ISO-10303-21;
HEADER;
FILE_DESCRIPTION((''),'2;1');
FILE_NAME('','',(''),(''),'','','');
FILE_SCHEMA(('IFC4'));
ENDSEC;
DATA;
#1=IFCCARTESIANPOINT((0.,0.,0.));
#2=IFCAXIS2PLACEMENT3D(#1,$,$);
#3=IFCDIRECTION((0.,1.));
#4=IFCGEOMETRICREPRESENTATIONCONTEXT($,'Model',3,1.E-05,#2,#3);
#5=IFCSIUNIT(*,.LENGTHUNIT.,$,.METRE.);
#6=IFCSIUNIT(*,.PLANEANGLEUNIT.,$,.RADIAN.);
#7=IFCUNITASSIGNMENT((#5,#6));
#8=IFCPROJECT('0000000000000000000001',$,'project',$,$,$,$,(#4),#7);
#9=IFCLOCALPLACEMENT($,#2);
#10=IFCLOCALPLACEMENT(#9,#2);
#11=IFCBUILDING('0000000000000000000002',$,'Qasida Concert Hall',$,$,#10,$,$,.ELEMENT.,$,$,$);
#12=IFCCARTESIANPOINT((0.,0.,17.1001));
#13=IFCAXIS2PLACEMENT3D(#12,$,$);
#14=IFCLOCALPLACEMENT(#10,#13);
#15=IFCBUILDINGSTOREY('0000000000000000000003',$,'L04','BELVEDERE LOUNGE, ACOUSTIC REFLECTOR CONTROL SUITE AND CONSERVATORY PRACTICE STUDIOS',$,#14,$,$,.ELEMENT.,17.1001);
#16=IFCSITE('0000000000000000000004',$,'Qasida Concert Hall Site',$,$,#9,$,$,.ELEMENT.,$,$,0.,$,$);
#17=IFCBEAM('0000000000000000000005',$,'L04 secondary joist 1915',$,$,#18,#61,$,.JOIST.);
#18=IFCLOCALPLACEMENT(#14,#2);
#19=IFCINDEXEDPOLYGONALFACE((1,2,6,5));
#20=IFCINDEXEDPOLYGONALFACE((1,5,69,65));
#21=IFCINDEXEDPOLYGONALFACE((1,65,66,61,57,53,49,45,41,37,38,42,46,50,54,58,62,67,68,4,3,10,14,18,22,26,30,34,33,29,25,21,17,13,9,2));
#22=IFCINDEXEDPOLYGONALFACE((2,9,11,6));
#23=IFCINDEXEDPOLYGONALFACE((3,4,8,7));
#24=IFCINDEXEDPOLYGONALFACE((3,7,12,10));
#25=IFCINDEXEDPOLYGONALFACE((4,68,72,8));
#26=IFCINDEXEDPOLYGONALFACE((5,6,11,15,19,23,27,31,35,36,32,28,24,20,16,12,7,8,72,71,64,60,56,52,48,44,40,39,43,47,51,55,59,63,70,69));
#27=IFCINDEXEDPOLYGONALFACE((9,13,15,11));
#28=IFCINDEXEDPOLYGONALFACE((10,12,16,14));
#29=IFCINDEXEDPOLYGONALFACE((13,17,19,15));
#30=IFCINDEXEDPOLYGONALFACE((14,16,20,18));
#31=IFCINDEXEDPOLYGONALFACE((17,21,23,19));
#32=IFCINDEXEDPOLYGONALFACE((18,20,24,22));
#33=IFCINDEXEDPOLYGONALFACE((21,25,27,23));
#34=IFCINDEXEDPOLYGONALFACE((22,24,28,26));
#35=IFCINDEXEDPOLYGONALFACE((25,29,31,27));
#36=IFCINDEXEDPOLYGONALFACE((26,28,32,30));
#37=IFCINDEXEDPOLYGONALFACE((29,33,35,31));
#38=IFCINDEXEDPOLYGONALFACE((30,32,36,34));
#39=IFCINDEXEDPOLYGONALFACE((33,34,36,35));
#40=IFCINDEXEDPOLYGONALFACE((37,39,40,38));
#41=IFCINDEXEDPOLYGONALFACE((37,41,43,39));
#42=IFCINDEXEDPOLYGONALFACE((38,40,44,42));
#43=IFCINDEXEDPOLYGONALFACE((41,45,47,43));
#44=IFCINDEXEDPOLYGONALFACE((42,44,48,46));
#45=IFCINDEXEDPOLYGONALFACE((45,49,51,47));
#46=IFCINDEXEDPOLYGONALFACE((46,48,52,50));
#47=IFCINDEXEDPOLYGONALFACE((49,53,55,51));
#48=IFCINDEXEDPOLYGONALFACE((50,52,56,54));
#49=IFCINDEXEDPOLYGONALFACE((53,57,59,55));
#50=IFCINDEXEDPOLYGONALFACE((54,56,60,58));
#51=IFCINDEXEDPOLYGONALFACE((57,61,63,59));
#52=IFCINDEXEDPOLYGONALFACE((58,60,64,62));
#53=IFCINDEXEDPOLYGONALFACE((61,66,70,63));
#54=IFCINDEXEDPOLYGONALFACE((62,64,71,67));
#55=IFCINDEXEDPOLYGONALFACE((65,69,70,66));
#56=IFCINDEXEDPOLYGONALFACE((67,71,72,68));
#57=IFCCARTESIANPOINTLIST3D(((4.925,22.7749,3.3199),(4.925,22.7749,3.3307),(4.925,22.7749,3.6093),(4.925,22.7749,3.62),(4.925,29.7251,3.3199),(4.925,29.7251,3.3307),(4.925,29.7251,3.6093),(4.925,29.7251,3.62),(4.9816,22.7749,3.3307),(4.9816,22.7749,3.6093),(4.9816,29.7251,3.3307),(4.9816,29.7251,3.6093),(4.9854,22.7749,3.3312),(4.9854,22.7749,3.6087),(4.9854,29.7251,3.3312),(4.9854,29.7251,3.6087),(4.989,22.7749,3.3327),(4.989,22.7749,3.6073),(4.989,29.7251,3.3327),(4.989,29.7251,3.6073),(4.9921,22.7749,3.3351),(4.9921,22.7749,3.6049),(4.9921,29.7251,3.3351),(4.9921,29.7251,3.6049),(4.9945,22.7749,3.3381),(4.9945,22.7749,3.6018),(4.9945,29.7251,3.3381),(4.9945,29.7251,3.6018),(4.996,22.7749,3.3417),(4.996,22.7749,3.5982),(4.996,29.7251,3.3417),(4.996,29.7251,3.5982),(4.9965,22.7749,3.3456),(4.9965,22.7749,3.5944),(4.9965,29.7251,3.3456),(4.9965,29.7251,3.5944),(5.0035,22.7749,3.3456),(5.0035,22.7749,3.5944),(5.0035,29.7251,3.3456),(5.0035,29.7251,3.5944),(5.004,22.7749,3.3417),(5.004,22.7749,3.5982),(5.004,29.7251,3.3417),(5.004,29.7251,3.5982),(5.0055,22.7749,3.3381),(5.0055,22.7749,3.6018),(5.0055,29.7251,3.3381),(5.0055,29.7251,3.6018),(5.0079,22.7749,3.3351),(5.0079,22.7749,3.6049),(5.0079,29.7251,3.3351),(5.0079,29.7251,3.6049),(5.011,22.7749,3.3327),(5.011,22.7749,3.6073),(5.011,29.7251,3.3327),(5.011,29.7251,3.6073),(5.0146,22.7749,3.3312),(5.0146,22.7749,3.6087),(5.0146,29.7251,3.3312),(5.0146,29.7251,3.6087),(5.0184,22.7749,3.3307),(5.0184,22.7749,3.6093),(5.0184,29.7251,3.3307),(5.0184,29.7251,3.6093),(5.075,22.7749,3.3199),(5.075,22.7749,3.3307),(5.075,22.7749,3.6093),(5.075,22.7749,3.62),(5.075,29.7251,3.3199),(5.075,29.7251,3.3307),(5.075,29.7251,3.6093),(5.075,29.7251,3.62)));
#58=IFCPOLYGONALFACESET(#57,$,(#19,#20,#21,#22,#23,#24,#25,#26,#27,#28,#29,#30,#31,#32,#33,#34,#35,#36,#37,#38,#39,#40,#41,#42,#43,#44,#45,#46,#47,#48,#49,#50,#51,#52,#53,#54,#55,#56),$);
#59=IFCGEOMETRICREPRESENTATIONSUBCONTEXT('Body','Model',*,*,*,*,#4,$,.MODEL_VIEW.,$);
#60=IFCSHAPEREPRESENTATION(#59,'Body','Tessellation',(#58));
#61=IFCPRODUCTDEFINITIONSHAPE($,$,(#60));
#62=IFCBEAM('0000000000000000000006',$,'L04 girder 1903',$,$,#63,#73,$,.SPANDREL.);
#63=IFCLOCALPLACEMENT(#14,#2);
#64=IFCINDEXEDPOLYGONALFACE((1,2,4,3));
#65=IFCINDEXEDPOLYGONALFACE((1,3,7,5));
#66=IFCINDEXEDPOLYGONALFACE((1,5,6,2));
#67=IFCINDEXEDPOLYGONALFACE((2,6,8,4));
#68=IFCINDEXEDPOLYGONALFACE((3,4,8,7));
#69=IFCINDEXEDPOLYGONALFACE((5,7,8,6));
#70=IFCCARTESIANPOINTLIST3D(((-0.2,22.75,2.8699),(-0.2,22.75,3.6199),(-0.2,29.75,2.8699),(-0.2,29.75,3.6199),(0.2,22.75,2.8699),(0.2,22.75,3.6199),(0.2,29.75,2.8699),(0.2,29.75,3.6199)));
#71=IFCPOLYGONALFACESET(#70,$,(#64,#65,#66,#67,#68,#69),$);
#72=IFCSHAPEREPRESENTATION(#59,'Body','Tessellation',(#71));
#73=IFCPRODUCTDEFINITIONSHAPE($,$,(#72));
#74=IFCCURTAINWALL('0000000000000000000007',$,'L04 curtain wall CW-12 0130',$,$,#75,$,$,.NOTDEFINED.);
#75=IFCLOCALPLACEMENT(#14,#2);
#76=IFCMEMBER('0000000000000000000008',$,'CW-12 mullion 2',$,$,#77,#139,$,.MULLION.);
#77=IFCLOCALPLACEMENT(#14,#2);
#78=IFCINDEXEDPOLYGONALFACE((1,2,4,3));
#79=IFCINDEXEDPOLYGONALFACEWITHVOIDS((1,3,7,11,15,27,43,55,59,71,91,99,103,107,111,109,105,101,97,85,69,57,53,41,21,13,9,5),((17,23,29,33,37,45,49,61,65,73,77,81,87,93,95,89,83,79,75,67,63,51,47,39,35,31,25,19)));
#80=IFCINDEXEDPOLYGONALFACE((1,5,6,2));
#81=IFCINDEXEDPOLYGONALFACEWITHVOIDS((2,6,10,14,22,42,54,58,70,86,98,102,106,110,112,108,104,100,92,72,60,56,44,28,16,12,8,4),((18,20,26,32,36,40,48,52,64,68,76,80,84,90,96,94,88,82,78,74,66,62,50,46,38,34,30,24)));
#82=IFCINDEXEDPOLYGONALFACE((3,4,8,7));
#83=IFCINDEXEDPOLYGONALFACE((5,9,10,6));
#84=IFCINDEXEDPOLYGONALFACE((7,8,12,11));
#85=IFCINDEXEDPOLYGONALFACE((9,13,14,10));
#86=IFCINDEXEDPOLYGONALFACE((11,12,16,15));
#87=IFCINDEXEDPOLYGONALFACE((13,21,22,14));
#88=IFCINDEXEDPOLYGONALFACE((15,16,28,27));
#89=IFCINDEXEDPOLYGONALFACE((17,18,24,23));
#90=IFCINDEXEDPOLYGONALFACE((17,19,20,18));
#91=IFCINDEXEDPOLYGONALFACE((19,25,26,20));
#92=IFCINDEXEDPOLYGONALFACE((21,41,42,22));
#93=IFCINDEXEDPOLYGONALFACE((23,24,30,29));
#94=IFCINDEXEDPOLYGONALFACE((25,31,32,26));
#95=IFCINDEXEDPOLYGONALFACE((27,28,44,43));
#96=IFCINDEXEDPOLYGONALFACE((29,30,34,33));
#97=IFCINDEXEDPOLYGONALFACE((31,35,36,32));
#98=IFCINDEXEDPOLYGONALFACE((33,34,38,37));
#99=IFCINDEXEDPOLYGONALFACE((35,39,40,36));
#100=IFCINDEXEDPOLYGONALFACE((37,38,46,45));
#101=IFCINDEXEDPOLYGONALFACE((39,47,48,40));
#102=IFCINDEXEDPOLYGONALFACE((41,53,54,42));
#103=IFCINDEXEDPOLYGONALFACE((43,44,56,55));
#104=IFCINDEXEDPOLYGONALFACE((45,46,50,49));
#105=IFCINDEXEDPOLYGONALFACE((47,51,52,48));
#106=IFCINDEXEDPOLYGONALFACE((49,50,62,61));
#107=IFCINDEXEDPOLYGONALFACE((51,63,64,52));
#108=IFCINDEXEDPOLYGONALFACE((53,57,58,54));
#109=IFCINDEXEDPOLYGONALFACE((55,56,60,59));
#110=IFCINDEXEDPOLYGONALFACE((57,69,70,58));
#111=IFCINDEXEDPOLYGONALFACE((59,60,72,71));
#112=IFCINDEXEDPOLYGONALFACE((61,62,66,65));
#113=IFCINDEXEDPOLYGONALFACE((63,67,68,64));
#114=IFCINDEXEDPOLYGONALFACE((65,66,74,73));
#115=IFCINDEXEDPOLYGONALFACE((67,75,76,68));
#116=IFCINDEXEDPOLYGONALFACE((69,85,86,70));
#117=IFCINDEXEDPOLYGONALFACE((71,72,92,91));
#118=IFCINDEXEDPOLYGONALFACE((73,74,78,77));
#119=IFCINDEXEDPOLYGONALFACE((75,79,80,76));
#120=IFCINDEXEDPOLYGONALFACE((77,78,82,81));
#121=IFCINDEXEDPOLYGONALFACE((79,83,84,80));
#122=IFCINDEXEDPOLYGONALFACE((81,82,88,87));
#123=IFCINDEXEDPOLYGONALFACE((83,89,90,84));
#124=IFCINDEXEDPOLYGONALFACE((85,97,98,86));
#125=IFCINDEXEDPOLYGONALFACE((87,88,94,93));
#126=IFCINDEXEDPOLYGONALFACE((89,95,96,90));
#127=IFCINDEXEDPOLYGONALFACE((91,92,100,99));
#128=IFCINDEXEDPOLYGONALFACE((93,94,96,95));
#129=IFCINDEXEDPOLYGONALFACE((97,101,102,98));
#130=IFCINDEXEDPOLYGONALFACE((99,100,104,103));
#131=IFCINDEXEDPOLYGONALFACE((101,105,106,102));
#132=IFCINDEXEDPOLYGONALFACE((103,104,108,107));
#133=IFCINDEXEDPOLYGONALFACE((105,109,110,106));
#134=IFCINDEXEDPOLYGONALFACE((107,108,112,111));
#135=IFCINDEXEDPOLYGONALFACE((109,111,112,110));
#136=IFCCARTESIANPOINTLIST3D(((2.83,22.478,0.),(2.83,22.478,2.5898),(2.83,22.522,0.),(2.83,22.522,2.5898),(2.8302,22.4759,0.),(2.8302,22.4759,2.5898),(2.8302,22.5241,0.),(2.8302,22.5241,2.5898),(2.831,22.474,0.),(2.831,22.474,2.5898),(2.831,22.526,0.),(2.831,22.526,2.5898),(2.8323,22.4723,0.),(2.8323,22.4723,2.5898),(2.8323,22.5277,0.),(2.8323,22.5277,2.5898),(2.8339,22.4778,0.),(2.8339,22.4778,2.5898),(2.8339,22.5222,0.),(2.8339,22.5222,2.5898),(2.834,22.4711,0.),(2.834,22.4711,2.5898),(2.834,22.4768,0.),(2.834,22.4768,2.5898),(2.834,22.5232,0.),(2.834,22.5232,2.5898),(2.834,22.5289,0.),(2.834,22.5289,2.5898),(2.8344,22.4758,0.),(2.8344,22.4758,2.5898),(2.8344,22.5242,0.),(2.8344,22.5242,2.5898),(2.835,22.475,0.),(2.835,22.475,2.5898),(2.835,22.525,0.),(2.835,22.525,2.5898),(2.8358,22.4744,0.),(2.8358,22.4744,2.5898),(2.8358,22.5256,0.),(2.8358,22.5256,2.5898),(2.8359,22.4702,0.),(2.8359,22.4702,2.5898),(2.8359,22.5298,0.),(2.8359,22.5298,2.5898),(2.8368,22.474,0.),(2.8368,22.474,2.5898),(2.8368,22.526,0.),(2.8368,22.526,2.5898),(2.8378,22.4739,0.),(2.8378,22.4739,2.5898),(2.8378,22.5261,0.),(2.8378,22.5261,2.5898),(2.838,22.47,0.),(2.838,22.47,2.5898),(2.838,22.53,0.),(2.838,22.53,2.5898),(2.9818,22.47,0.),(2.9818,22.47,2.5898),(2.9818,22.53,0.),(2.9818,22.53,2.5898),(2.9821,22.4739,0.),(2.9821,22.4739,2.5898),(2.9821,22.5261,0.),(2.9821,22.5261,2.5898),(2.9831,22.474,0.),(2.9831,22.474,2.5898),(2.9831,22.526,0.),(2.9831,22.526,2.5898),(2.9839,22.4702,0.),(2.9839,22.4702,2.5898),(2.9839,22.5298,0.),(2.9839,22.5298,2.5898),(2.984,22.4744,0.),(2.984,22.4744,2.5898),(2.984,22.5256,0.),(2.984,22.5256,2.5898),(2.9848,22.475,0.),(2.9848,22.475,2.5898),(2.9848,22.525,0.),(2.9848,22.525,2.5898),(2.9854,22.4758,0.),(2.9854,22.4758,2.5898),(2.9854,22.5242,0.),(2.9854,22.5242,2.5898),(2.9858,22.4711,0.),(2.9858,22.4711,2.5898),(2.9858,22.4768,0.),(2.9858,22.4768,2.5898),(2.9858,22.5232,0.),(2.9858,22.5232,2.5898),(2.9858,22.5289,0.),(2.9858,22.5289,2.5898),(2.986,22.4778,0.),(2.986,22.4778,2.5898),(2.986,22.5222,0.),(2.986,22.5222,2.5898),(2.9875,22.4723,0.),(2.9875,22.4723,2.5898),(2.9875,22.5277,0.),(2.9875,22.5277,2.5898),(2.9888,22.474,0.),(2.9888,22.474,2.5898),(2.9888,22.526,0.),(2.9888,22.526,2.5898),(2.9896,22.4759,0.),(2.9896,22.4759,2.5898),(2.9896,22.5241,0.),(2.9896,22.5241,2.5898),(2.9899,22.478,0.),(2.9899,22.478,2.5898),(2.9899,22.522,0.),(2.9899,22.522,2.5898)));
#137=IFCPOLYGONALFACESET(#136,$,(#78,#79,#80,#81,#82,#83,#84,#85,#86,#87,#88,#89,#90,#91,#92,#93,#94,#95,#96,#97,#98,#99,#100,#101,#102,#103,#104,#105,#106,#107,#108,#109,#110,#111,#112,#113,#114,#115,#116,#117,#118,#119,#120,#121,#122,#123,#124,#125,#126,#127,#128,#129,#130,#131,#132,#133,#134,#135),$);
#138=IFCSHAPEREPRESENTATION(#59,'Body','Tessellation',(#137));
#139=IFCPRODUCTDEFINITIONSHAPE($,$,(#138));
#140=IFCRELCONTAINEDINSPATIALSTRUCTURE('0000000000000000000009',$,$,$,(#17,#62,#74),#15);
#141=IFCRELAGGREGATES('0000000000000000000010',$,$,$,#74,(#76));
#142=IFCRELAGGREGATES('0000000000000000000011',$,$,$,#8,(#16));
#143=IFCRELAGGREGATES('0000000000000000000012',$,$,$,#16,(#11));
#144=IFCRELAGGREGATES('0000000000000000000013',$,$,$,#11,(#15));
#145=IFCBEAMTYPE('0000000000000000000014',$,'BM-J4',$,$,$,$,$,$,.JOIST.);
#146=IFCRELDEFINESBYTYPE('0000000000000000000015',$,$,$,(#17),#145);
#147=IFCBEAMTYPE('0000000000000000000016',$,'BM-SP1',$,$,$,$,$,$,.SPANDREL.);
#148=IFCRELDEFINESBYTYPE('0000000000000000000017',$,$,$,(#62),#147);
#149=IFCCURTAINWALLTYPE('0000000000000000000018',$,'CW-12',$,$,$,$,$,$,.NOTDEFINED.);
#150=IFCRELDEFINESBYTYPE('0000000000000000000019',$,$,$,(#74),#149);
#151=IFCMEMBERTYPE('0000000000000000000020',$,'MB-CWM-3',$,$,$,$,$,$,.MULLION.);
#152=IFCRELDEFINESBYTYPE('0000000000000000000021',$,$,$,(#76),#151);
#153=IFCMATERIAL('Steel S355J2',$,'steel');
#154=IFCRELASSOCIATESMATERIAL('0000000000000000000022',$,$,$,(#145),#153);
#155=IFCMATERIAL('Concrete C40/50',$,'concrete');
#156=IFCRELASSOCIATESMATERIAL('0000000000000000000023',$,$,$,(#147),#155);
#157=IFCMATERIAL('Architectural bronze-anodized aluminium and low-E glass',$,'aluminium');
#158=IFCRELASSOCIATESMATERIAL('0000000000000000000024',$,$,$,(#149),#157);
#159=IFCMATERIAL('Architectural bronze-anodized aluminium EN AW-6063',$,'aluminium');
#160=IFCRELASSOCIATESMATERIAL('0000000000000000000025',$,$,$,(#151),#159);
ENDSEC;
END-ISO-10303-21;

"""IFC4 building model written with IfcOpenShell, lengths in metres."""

from ifc_helpers import new_model, si_unit, direction, frame, origin, origin_2d, place, context, subcontext, project, spatial, rectangle, hollow_rectangle, i_section, extrude, material, material_profile, profile_set, type_object, element, aggregate, save


model = new_model("IFC4")

# Units and contexts
model_context = context("Model", 3, precision=1e-05, world=origin(), true_north=direction((0.0, 1.0)))
body_context = subcontext(model_context, "Body", "Model", "MODEL_VIEW")
ifc_project = project(units=[si_unit("LENGTHUNIT", "METRE"), si_unit("PLANEANGLEUNIT", "RADIAN")], contexts=[model_context])

# Site, building, storey
site_placement = place(None, origin())
site = spatial("IfcSite", under=ifc_project, at=site_placement, Name="Qasida Concert Hall Site", CompositionType="ELEMENT", RefElevation=0.0)
building_placement = place(site_placement, origin())
building = spatial("IfcBuilding", under=site, at=building_placement, Name="Qasida Concert Hall", CompositionType="ELEMENT")
storey_placement = place(building_placement, frame((0.0, 0.0, 17.1001)))
storey = spatial("IfcBuildingStorey", under=building, at=storey_placement, Name="L04", Description="BELVEDERE LOUNGE, ACOUSTIC REFLECTOR CONTROL SUITE AND CONSERVATORY PRACTICE STUDIOS", CompositionType="ELEMENT", Elevation=17.1001)

# Beams
ifc_material_1 = material(Name="Steel S355J2", Category="steel")
ifc_material_profile_1 = material_profile(ifc_material_1, i_section(OverallWidth=0.1499, OverallDepth=0.3, WebThickness=0.0071, FlangeThickness=0.0107, FilletRadius=0.0149, at=origin_2d()), Name="IPE 300")
ifc_profile_set_1 = profile_set([ifc_material_profile_1], Name="Steel S355J2")
beam_type_1 = type_object("IfcBeamType", Name="BM-J4", PredefinedType="JOIST", material=ifc_profile_set_1)
beam_1_placement = place(storey_placement, frame((5.0, 22.7749, 3.47), z_axis=(0.0, 1.0, 0.0), x_axis=(-1.0, 0.0, 0.0)))
element("IfcBeam", 1, at=beam_1_placement, inside=storey, type_object=beam_type_1, Name="L04 secondary joist 1915", PredefinedType="JOIST", context=body_context, shape_type="SweptSolid", body=[
    extrude(i_section(OverallWidth=0.1499, OverallDepth=0.3, WebThickness=0.0071, FlangeThickness=0.0107, FilletRadius=0.0149, at=origin_2d()), origin(), (0.0, 0.0, 1.0), 6.9502),
])
ifc_material_2 = material(Name="Concrete C40/50", Category="concrete")
ifc_material_profile_2 = material_profile(ifc_material_2, rectangle(XDim=0.3999, YDim=0.75, at=origin_2d()), Name="RC 400x750")
ifc_profile_set_2 = profile_set([ifc_material_profile_2], Name="Concrete C40/50")
beam_type_2 = type_object("IfcBeamType", Name="BM-SP1", PredefinedType="SPANDREL", material=ifc_profile_set_2)
beam_2_placement = place(storey_placement, frame((0.0, 22.75, 3.2449), z_axis=(0.0, 1.0, 0.0), x_axis=(-1.0, 0.0, 0.0)))
element("IfcBeam", 2, at=beam_2_placement, inside=storey, type_object=beam_type_2, Name="L04 girder 1903", PredefinedType="SPANDREL", context=body_context, shape_type="SweptSolid", body=[
    extrude(rectangle(XDim=0.3999, YDim=0.75, at=origin_2d()), origin(), (0.0, 0.0, 1.0), 7.0),
])

# Curtain wall, member
ifc_material_3 = material(Name="Architectural bronze-anodized aluminium and low-E glass", Category="aluminium")
curtain_wall_type = type_object("IfcCurtainWallType", Name="CW-12", PredefinedType="NOTDEFINED", material=ifc_material_3)
curtain_wall_placement = place(storey_placement, origin())
curtain_wall = element("IfcCurtainWall", 3, at=curtain_wall_placement, inside=storey, type_object=curtain_wall_type, Name="L04 curtain wall CW-12 0130", PredefinedType="NOTDEFINED")
ifc_material_4 = material(Name="Architectural bronze-anodized aluminium EN AW-6063", Category="aluminium")
ifc_material_profile_3 = material_profile(ifc_material_4, hollow_rectangle(XDim=0.0601, YDim=0.1599, WallThickness=0.0039, InnerFilletRadius=0.0039, OuterFilletRadius=0.0081, at=origin_2d()), Name="CWM 160x60x4")
ifc_profile_set_3 = profile_set([ifc_material_profile_3], Name="Architectural bronze-anodized aluminium EN AW-6063")
member_type_1 = type_object("IfcMemberType", Name="MB-CWM-3", PredefinedType="MULLION", material=ifc_profile_set_3)
member_1_placement = place(storey_placement, frame((2.9099, 22.5, 0.0), z_axis=(0.0, 0.0, 1.0), x_axis=(0.0, 1.0, 0.0)))
member_1 = element("IfcMember", 4, at=member_1_placement, type_object=member_type_1, Name="CW-12 mullion 2", PredefinedType="MULLION", context=body_context, shape_type="SweptSolid", body=[
    extrude(hollow_rectangle(XDim=0.0601, YDim=0.1599, WallThickness=0.0039, InnerFilletRadius=0.0039, OuterFilletRadius=0.0081, at=origin_2d()), origin(), (0.0, 0.0, 1.0), 2.5898),
])
aggregate(curtain_wall, [member_1])

save(model, "model.ifc")
